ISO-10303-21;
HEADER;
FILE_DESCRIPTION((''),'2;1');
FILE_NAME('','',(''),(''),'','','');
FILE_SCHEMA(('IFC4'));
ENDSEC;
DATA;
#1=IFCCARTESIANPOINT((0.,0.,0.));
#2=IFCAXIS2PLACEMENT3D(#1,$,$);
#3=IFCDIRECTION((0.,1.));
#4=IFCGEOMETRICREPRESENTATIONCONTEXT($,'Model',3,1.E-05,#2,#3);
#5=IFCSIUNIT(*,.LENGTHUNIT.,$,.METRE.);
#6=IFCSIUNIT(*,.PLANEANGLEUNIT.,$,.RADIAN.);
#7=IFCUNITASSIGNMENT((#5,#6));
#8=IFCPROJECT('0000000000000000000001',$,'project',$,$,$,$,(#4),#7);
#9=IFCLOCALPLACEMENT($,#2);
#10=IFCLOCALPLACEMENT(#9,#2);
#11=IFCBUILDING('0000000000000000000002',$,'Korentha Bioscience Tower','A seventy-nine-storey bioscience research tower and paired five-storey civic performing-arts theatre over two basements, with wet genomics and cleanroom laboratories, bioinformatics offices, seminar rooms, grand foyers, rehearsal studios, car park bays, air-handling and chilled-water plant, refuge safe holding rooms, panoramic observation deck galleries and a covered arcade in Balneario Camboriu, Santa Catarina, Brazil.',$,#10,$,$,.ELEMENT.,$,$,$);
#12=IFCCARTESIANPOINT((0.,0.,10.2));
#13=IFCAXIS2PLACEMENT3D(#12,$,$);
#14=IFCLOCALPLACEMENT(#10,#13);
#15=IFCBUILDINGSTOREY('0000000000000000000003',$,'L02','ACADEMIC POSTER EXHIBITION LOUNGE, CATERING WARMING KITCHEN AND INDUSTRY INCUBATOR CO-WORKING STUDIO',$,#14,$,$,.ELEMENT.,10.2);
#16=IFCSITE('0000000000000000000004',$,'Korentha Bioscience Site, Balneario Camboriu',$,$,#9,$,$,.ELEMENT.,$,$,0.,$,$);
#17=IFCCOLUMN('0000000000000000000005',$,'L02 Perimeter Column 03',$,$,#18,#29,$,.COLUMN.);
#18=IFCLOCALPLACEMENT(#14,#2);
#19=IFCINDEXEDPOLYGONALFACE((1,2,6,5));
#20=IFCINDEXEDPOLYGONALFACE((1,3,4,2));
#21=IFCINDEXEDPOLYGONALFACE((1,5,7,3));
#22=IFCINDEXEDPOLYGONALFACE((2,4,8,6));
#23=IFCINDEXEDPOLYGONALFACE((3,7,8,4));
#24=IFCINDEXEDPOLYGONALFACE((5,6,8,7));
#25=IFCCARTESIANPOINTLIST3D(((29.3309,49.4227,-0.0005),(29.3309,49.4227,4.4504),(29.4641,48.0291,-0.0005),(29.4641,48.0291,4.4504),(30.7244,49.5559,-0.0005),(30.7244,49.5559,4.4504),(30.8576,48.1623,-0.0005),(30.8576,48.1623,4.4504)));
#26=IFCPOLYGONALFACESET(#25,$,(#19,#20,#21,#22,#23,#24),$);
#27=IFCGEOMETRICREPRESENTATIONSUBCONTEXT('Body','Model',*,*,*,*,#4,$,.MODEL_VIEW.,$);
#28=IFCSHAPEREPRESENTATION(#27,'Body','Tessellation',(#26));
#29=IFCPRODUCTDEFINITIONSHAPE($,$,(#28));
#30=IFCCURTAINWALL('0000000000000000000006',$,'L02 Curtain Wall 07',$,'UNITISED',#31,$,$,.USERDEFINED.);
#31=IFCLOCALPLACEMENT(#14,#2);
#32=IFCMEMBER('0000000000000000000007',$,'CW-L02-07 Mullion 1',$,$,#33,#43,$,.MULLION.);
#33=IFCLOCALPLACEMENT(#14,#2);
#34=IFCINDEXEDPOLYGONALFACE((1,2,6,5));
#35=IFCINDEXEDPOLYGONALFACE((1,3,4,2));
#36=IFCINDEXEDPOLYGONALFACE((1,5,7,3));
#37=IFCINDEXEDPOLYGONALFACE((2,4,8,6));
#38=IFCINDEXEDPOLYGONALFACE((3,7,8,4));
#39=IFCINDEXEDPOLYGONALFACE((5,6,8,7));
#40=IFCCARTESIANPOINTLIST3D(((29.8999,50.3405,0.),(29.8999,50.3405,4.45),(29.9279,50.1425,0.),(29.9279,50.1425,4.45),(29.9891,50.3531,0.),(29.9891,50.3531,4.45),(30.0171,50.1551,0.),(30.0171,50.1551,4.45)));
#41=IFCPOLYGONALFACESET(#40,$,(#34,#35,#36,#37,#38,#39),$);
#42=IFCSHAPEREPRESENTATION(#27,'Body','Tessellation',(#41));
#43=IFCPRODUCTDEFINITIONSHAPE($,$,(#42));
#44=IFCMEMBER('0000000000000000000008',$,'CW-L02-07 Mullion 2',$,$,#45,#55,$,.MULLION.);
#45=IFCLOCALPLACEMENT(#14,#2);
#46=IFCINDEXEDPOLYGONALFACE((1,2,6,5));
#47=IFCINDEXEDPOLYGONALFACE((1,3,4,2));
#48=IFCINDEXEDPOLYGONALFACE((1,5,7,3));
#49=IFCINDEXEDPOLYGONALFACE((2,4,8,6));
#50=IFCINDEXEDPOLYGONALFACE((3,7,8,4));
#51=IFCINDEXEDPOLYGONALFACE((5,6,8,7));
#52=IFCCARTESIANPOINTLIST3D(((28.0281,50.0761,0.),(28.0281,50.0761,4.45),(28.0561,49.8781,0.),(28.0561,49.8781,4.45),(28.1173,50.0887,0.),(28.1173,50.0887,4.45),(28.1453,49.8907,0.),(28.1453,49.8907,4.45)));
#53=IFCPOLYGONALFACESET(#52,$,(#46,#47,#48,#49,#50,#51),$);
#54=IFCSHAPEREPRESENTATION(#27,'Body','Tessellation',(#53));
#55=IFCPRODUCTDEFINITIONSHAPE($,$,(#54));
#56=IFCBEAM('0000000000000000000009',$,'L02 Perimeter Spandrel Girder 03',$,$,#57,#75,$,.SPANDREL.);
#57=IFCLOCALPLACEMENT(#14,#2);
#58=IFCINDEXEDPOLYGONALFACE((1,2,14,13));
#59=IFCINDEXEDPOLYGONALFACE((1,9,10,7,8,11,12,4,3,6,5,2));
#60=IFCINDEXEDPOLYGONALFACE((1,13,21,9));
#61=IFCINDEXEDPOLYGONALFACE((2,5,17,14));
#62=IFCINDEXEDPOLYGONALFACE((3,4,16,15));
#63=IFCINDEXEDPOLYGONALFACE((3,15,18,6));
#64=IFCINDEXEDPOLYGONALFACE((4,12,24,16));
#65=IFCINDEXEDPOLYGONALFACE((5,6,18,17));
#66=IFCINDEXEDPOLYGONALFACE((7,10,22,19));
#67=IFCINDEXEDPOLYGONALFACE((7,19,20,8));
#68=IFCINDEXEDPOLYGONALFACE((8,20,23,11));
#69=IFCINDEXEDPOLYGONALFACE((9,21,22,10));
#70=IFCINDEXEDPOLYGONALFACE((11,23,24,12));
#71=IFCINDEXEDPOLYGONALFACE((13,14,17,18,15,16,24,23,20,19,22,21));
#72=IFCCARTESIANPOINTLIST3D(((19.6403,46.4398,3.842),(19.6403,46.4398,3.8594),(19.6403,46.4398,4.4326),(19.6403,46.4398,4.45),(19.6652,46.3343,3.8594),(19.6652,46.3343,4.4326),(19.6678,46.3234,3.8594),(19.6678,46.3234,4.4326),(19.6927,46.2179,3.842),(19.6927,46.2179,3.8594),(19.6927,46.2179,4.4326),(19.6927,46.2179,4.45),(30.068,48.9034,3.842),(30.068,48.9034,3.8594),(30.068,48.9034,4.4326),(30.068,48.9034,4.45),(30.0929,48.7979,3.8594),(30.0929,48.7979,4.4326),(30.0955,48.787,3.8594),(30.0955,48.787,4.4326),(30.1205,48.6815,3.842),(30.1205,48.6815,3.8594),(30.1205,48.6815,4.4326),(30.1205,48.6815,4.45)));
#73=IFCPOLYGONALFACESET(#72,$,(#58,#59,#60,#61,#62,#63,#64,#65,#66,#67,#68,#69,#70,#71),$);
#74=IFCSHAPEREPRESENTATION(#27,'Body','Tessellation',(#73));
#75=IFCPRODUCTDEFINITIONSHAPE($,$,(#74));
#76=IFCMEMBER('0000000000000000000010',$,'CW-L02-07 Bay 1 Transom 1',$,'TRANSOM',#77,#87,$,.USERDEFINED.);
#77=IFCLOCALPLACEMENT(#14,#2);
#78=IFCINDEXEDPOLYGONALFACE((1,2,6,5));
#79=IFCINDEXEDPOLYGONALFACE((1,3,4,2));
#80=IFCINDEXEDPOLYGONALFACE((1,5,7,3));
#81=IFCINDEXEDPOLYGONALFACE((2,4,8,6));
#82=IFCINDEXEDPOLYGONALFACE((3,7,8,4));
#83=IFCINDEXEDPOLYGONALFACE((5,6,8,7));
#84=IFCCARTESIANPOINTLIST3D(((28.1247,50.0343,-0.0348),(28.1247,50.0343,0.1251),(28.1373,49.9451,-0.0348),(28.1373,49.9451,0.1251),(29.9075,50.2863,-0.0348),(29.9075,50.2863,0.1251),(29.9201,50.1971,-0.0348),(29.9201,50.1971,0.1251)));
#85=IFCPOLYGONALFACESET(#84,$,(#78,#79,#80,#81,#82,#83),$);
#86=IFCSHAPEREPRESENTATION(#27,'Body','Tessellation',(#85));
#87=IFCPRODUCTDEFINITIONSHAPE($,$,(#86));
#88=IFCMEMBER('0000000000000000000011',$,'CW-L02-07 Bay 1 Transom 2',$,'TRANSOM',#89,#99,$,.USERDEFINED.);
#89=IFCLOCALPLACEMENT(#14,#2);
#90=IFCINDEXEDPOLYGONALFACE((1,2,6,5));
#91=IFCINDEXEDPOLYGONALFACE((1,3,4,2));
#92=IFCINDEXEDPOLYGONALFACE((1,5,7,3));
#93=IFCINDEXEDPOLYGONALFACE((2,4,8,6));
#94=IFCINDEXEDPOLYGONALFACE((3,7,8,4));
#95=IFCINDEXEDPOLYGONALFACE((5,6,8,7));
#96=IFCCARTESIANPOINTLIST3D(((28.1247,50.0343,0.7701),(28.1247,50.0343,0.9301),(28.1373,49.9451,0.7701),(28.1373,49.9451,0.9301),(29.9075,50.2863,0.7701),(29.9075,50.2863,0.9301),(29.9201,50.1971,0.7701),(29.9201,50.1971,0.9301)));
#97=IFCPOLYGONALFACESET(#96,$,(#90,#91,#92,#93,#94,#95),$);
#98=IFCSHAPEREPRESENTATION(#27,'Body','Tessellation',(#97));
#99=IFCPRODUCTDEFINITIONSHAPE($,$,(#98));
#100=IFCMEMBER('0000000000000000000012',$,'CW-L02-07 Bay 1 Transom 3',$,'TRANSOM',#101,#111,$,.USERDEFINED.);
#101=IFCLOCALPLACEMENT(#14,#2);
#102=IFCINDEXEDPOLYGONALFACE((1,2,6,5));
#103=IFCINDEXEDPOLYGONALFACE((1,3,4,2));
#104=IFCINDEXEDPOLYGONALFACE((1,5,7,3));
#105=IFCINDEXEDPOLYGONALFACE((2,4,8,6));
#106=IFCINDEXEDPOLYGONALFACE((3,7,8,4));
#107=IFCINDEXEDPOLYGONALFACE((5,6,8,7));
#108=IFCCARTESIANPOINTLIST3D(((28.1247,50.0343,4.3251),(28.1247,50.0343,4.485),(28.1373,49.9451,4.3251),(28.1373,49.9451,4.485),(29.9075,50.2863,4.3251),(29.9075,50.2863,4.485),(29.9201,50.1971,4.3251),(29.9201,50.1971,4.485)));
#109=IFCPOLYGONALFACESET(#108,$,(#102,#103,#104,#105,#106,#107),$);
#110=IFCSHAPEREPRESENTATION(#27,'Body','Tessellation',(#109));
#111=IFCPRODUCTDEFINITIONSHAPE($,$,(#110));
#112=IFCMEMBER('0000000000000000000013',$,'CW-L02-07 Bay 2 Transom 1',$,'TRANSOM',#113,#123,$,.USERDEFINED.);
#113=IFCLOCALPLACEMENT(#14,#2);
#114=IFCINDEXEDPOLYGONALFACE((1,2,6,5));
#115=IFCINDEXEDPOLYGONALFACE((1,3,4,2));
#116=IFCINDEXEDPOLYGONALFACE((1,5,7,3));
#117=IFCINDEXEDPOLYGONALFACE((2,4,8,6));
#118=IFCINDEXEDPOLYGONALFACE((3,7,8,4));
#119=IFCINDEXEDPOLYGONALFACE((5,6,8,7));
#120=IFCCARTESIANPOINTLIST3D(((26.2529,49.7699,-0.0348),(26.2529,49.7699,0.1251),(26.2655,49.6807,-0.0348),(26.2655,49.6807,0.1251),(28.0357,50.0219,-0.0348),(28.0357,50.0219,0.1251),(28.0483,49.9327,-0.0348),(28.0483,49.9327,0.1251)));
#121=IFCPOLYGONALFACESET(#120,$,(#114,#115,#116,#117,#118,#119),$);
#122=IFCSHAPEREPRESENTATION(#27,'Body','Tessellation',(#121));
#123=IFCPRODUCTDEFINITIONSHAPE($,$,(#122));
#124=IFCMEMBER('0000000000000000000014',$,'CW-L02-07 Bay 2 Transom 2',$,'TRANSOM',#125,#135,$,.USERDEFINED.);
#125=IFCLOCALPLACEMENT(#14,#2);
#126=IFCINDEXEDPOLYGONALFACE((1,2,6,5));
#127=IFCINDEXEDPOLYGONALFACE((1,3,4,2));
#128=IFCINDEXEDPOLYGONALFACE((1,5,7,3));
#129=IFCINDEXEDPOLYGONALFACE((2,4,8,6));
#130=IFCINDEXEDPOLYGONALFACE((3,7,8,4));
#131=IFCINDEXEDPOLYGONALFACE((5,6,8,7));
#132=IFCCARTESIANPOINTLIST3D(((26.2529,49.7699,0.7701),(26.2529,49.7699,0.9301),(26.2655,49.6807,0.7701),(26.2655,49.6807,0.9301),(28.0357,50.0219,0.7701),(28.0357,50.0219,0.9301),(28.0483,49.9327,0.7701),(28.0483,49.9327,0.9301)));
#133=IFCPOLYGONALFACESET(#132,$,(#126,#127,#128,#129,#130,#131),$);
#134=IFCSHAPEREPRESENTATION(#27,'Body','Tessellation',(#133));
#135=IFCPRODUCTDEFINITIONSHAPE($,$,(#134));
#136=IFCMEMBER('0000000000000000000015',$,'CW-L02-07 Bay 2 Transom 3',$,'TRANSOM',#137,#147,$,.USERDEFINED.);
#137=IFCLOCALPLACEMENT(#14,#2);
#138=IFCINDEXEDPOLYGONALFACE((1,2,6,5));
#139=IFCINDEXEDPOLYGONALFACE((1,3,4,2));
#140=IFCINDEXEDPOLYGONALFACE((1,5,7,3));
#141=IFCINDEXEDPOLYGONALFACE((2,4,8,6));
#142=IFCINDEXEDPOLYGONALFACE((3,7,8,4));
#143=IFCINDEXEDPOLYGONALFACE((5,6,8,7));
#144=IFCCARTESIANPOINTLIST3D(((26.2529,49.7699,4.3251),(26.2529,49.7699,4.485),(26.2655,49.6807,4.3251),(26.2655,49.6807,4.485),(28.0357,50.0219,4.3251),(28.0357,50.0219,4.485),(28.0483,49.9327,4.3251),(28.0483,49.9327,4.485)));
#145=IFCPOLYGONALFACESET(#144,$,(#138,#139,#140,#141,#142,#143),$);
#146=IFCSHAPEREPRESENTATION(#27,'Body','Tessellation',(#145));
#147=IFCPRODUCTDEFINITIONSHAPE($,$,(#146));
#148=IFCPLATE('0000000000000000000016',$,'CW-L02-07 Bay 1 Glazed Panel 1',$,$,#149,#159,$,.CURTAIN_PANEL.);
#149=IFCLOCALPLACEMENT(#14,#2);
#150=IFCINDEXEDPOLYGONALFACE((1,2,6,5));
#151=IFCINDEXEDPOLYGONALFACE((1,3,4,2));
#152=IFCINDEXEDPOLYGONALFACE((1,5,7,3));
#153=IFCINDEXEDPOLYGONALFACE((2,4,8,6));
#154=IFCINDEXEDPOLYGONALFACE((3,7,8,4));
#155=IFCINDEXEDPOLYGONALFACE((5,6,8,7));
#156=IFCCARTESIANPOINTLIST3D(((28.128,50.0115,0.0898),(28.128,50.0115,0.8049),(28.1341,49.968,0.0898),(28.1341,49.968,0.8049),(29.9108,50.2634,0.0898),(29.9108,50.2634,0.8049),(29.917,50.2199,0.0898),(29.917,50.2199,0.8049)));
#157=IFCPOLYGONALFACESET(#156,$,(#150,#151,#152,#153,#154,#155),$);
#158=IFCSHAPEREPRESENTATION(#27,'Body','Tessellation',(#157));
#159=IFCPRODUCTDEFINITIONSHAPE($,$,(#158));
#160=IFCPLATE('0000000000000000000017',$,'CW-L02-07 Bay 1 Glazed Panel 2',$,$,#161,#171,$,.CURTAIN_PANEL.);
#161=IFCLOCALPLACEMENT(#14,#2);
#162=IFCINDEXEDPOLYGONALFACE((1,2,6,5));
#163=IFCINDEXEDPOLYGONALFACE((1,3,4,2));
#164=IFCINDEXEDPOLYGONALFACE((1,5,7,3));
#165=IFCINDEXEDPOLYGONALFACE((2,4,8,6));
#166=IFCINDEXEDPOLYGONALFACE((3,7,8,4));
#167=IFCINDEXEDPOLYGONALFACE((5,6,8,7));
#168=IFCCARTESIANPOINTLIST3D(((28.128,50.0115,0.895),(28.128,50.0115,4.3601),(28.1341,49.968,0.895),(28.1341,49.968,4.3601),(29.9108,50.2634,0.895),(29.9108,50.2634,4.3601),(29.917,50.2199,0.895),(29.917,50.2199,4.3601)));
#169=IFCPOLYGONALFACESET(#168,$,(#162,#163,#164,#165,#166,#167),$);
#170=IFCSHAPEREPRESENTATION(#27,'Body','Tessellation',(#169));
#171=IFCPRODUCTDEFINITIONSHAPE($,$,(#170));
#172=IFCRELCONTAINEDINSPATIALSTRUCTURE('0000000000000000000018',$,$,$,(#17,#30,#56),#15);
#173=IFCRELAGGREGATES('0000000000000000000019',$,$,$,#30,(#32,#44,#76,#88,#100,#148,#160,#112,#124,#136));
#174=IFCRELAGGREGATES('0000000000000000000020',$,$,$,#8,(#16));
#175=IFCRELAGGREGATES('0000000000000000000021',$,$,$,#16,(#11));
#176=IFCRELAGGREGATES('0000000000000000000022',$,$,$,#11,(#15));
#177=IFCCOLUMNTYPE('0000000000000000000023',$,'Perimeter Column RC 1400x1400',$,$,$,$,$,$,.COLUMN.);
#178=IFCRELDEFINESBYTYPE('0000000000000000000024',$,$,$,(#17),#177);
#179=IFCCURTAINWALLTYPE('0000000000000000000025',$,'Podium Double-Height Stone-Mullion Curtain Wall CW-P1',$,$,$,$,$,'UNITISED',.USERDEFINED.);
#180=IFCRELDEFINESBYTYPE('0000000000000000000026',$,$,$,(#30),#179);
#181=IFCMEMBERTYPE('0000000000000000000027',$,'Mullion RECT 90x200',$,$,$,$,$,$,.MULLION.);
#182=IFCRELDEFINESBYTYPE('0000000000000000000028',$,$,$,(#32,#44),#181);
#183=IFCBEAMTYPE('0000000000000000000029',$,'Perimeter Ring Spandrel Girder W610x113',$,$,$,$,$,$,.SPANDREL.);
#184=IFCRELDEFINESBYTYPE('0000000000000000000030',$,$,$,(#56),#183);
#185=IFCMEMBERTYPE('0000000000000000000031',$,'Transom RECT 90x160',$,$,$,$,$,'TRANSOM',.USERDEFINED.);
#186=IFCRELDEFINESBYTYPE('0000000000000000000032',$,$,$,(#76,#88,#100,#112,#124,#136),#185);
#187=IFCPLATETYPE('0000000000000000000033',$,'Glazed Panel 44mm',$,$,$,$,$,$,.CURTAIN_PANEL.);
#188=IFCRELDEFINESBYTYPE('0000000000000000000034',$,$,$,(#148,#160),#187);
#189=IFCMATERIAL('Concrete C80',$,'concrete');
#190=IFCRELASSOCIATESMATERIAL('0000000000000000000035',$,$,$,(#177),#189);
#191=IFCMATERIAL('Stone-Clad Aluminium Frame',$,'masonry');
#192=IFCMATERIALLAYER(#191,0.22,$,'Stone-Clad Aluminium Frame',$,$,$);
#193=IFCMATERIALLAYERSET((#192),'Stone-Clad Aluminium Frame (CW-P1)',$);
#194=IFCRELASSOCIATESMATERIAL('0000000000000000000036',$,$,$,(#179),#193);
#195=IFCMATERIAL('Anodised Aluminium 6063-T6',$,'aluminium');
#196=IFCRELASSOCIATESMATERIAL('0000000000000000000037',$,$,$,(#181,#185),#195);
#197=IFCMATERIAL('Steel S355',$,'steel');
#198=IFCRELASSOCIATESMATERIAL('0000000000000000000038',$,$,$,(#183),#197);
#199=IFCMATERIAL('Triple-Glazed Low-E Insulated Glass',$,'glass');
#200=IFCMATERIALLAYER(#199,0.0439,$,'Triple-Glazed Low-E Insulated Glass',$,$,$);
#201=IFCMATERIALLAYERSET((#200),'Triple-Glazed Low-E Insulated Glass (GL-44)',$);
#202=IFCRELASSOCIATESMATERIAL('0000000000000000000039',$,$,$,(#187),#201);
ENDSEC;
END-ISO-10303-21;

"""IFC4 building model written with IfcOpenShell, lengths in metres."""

from ifc_helpers import new_model, si_unit, direction, frame, origin, origin_2d, place, context, subcontext, project, spatial, rectangle, i_section, extrude, material, layer, layer_set, material_profile, profile_set, type_object, element, aggregate, save


model = new_model("IFC4")

# Units and contexts
model_context = context("Model", 3, precision=1e-05, world=origin(), true_north=direction((0.0, 1.0)))
body_context = subcontext(model_context, "Body", "Model", "MODEL_VIEW")
ifc_project = project(units=[si_unit("LENGTHUNIT", "METRE"), si_unit("PLANEANGLEUNIT", "RADIAN")], contexts=[model_context])

# Site, building, storey
site_placement = place(None, origin())
site = spatial("IfcSite", under=ifc_project, at=site_placement, Name="Korentha Bioscience Site, Balneario Camboriu", CompositionType="ELEMENT", RefElevation=0.0)
building_placement = place(site_placement, origin())
building = spatial("IfcBuilding", under=site, at=building_placement, Name="Korentha Bioscience Tower", Description="A seventy-nine-storey bioscience research tower and paired five-storey civic performing-arts theatre over two basements, with wet genomics and cleanroom laboratories, bioinformatics offices, seminar rooms, grand foyers, rehearsal studios, car park bays, air-handling and chilled-water plant, refuge safe holding rooms, panoramic observation deck galleries and a covered arcade in Balneario Camboriu, Santa Catarina, Brazil.", CompositionType="ELEMENT")
storey_placement = place(building_placement, frame((0.0, 0.0, 10.2)))
storey = spatial("IfcBuildingStorey", under=building, at=storey_placement, Name="L02", Description="ACADEMIC POSTER EXHIBITION LOUNGE, CATERING WARMING KITCHEN AND INDUSTRY INCUBATOR CO-WORKING STUDIO", CompositionType="ELEMENT", Elevation=10.2)

# Column
ifc_material_1 = material(Name="Concrete C80", Category="concrete")
ifc_material_profile_1 = material_profile(ifc_material_1, rectangle(XDim=1.3999, YDim=1.3999, at=origin_2d()), Name="Concrete C80")
ifc_profile_set_1 = profile_set([ifc_material_profile_1], Name="Concrete C80 (COL-P14)")
column_type = type_object("IfcColumnType", Name="Perimeter Column RC 1400x1400", PredefinedType="COLUMN", material=ifc_profile_set_1)
column_placement = place(storey_placement, frame((30.0942, 48.7925, -0.0005), z_axis=(0.0, 0.0, 1.0), x_axis=(0.995463, 0.095151, 0.0)))
element("IfcColumn", 1, at=column_placement, inside=storey, type_object=column_type, Name="L02 Perimeter Column 03", PredefinedType="COLUMN", context=body_context, shape_type="SweptSolid", body=[
    extrude(rectangle(XDim=1.3999, YDim=1.3999, at=origin_2d()), origin(), (0.0, 0.0, 1.0), 4.4509),
])

# Curtain wall, members
ifc_material_2 = material(Name="Stone-Clad Aluminium Frame", Category="masonry")
ifc_layer_1 = layer(ifc_material_2, 0.22, Name="Stone-Clad Aluminium Frame")
ifc_layer_set_1 = layer_set([ifc_layer_1], Name="Stone-Clad Aluminium Frame (CW-P1)")
curtain_wall_type = type_object("IfcCurtainWallType", Name="Podium Double-Height Stone-Mullion Curtain Wall CW-P1", ElementType="UNITISED", PredefinedType="USERDEFINED", material=ifc_layer_set_1)
curtain_wall_placement = place(storey_placement, origin())
curtain_wall = element("IfcCurtainWall", 2, at=curtain_wall_placement, inside=storey, type_object=curtain_wall_type, Name="L02 Curtain Wall 07", ObjectType="UNITISED", PredefinedType="USERDEFINED")
ifc_material_3 = material(Name="Anodised Aluminium 6063-T6", Category="aluminium")
ifc_material_profile_2 = material_profile(ifc_material_3, rectangle(XDim=0.0901, YDim=0.2, at=origin_2d()), Name="Anodised Aluminium 6063-T6")
ifc_profile_set_2 = profile_set([ifc_material_profile_2], Name="Anodised Aluminium 6063-T6 (CW-MUL)")
member_type_1 = type_object("IfcMemberType", Name="Mullion RECT 90x200", PredefinedType="MULLION", material=ifc_profile_set_2)
member_1_placement = place(storey_placement, frame((29.9585, 50.2478, 0.0), z_axis=(0.0, 0.0, 1.0), x_axis=(-0.990167, -0.139888, 0.0)))
member_1 = element("IfcMember", 3, at=member_1_placement, type_object=member_type_1, Name="CW-L02-07 Mullion 1", PredefinedType="MULLION", context=body_context, shape_type="SweptSolid", body=[
    extrude(rectangle(XDim=0.0901, YDim=0.2, at=origin_2d()), origin(), (0.0, 0.0, 1.0), 4.45),
])
member_2_placement = place(storey_placement, frame((28.0867, 49.9834, 0.0), z_axis=(0.0, 0.0, 1.0), x_axis=(-0.990167, -0.139888, 0.0)))
member_2 = element("IfcMember", 4, at=member_2_placement, type_object=member_type_1, Name="CW-L02-07 Mullion 2", PredefinedType="MULLION", context=body_context, shape_type="SweptSolid", body=[
    extrude(rectangle(XDim=0.0901, YDim=0.2, at=origin_2d()), origin(), (0.0, 0.0, 1.0), 4.45),
])

# Beam
ifc_material_4 = material(Name="Steel S355", Category="steel")
ifc_material_profile_3 = material_profile(ifc_material_4, i_section(OverallWidth=0.228, OverallDepth=0.6079, WebThickness=0.0112, FlangeThickness=0.0173, at=origin_2d()), Name="Steel S355")
ifc_profile_set_3 = profile_set([ifc_material_profile_3], Name="Steel S355 (SB-610)")
beam_type = type_object("IfcBeamType", Name="Perimeter Ring Spandrel Girder W610x113", PredefinedType="SPANDREL", material=ifc_profile_set_3)
beam_placement = place(storey_placement, frame((30.0942, 48.7925, 4.146), z_axis=(-0.973208, -0.229927, 0.0), x_axis=(0.229927, -0.973208, 0.0)))
element("IfcBeam", 5, at=beam_placement, inside=storey, type_object=beam_type, Name="L02 Perimeter Spandrel Girder 03", PredefinedType="SPANDREL", context=body_context, shape_type="SweptSolid", body=[
    extrude(i_section(OverallWidth=0.228, OverallDepth=0.6079, WebThickness=0.0112, FlangeThickness=0.0173, at=origin_2d()), origin(), (0.0, 0.0, 1.0), 10.7148),
])

# Members
ifc_material_profile_4 = material_profile(ifc_material_3, rectangle(XDim=0.0901, YDim=0.1599, at=origin_2d()), Name="Anodised Aluminium 6063-T6")
ifc_profile_set_4 = profile_set([ifc_material_profile_4], Name="Anodised Aluminium 6063-T6 (CW-TRN)")
member_type_2 = type_object("IfcMemberType", Name="Transom RECT 90x160", ElementType="TRANSOM", PredefinedType="USERDEFINED", material=ifc_profile_set_4)
member_3_placement = place(storey_placement, frame((29.9138, 50.2417, 0.0452), z_axis=(-0.99016, -0.13994, 0.0), x_axis=(0.13994, -0.99016, 0.0)))
member_3 = element("IfcMember", 6, at=member_3_placement, type_object=member_type_2, Name="CW-L02-07 Bay 1 Transom 1", ObjectType="TRANSOM", PredefinedType="USERDEFINED", context=body_context, shape_type="SweptSolid", body=[
    extrude(rectangle(XDim=0.0901, YDim=0.1599, at=origin_2d()), origin(), (0.0, 0.0, 1.0), 1.8005),
])
member_4_placement = place(storey_placement, frame((29.9138, 50.2417, 0.8501), z_axis=(-0.99016, -0.13994, 0.0), x_axis=(0.13994, -0.99016, 0.0)))
member_4 = element("IfcMember", 7, at=member_4_placement, type_object=member_type_2, Name="CW-L02-07 Bay 1 Transom 2", ObjectType="TRANSOM", PredefinedType="USERDEFINED", context=body_context, shape_type="SweptSolid", body=[
    extrude(rectangle(XDim=0.0901, YDim=0.1599, at=origin_2d()), origin(), (0.0, 0.0, 1.0), 1.8005),
])
member_5_placement = place(storey_placement, frame((29.9138, 50.2417, 4.405), z_axis=(-0.99016, -0.13994, 0.0), x_axis=(0.13994, -0.99016, 0.0)))
member_5 = element("IfcMember", 8, at=member_5_placement, type_object=member_type_2, Name="CW-L02-07 Bay 1 Transom 3", ObjectType="TRANSOM", PredefinedType="USERDEFINED", context=body_context, shape_type="SweptSolid", body=[
    extrude(rectangle(XDim=0.0901, YDim=0.1599, at=origin_2d()), origin(), (0.0, 0.0, 1.0), 1.8005),
])
member_6_placement = place(storey_placement, frame((28.042, 49.9773, 0.0452), z_axis=(-0.99016, -0.13994, 0.0), x_axis=(0.13994, -0.99016, 0.0)))
member_6 = element("IfcMember", 9, at=member_6_placement, type_object=member_type_2, Name="CW-L02-07 Bay 2 Transom 1", ObjectType="TRANSOM", PredefinedType="USERDEFINED", context=body_context, shape_type="SweptSolid", body=[
    extrude(rectangle(XDim=0.0901, YDim=0.1599, at=origin_2d()), origin(), (0.0, 0.0, 1.0), 1.8005),
])
member_7_placement = place(storey_placement, frame((28.042, 49.9773, 0.8501), z_axis=(-0.99016, -0.13994, 0.0), x_axis=(0.13994, -0.99016, 0.0)))
member_7 = element("IfcMember", 10, at=member_7_placement, type_object=member_type_2, Name="CW-L02-07 Bay 2 Transom 2", ObjectType="TRANSOM", PredefinedType="USERDEFINED", context=body_context, shape_type="SweptSolid", body=[
    extrude(rectangle(XDim=0.0901, YDim=0.1599, at=origin_2d()), origin(), (0.0, 0.0, 1.0), 1.8005),
])
member_8_placement = place(storey_placement, frame((28.042, 49.9773, 4.405), z_axis=(-0.99016, -0.13994, 0.0), x_axis=(0.13994, -0.99016, 0.0)))
member_8 = element("IfcMember", 11, at=member_8_placement, type_object=member_type_2, Name="CW-L02-07 Bay 2 Transom 3", ObjectType="TRANSOM", PredefinedType="USERDEFINED", context=body_context, shape_type="SweptSolid", body=[
    extrude(rectangle(XDim=0.0901, YDim=0.1599, at=origin_2d()), origin(), (0.0, 0.0, 1.0), 1.8005),
])

# Plates
ifc_material_5 = material(Name="Triple-Glazed Low-E Insulated Glass", Category="glass")
ifc_layer_2 = layer(ifc_material_5, 0.0439, Name="Triple-Glazed Low-E Insulated Glass")
ifc_layer_set_2 = layer_set([ifc_layer_2], Name="Triple-Glazed Low-E Insulated Glass (GL-44)")
plate_type = type_object("IfcPlateType", Name="Glazed Panel 44mm", PredefinedType="CURTAIN_PANEL", material=ifc_layer_set_2)
plate_1_placement = place(storey_placement, frame((29.0225, 50.1157, 0.0898), z_axis=(0.0, 0.0, 1.0), x_axis=(-0.990167, -0.139888, 0.0)))
plate_1 = element("IfcPlate", 12, at=plate_1_placement, type_object=plate_type, Name="CW-L02-07 Bay 1 Glazed Panel 1", PredefinedType="CURTAIN_PANEL", context=body_context, shape_type="SweptSolid", body=[
    extrude(rectangle(XDim=1.8005, YDim=0.0439, at=origin_2d()), origin(), (0.0, 0.0, 1.0), 0.7151),
])
plate_2_placement = place(storey_placement, frame((29.0225, 50.1157, 0.895), z_axis=(0.0, 0.0, 1.0), x_axis=(-0.990167, -0.139888, 0.0)))
plate_2 = element("IfcPlate", 13, at=plate_2_placement, type_object=plate_type, Name="CW-L02-07 Bay 1 Glazed Panel 2", PredefinedType="CURTAIN_PANEL", context=body_context, shape_type="SweptSolid", body=[
    extrude(rectangle(XDim=1.8005, YDim=0.0439, at=origin_2d()), origin(), (0.0, 0.0, 1.0), 3.4651),
])
aggregate(curtain_wall, [member_1, member_2, member_3, member_4, member_5, plate_1, plate_2, member_6, member_7, member_8])

save(model, "model.ifc")
